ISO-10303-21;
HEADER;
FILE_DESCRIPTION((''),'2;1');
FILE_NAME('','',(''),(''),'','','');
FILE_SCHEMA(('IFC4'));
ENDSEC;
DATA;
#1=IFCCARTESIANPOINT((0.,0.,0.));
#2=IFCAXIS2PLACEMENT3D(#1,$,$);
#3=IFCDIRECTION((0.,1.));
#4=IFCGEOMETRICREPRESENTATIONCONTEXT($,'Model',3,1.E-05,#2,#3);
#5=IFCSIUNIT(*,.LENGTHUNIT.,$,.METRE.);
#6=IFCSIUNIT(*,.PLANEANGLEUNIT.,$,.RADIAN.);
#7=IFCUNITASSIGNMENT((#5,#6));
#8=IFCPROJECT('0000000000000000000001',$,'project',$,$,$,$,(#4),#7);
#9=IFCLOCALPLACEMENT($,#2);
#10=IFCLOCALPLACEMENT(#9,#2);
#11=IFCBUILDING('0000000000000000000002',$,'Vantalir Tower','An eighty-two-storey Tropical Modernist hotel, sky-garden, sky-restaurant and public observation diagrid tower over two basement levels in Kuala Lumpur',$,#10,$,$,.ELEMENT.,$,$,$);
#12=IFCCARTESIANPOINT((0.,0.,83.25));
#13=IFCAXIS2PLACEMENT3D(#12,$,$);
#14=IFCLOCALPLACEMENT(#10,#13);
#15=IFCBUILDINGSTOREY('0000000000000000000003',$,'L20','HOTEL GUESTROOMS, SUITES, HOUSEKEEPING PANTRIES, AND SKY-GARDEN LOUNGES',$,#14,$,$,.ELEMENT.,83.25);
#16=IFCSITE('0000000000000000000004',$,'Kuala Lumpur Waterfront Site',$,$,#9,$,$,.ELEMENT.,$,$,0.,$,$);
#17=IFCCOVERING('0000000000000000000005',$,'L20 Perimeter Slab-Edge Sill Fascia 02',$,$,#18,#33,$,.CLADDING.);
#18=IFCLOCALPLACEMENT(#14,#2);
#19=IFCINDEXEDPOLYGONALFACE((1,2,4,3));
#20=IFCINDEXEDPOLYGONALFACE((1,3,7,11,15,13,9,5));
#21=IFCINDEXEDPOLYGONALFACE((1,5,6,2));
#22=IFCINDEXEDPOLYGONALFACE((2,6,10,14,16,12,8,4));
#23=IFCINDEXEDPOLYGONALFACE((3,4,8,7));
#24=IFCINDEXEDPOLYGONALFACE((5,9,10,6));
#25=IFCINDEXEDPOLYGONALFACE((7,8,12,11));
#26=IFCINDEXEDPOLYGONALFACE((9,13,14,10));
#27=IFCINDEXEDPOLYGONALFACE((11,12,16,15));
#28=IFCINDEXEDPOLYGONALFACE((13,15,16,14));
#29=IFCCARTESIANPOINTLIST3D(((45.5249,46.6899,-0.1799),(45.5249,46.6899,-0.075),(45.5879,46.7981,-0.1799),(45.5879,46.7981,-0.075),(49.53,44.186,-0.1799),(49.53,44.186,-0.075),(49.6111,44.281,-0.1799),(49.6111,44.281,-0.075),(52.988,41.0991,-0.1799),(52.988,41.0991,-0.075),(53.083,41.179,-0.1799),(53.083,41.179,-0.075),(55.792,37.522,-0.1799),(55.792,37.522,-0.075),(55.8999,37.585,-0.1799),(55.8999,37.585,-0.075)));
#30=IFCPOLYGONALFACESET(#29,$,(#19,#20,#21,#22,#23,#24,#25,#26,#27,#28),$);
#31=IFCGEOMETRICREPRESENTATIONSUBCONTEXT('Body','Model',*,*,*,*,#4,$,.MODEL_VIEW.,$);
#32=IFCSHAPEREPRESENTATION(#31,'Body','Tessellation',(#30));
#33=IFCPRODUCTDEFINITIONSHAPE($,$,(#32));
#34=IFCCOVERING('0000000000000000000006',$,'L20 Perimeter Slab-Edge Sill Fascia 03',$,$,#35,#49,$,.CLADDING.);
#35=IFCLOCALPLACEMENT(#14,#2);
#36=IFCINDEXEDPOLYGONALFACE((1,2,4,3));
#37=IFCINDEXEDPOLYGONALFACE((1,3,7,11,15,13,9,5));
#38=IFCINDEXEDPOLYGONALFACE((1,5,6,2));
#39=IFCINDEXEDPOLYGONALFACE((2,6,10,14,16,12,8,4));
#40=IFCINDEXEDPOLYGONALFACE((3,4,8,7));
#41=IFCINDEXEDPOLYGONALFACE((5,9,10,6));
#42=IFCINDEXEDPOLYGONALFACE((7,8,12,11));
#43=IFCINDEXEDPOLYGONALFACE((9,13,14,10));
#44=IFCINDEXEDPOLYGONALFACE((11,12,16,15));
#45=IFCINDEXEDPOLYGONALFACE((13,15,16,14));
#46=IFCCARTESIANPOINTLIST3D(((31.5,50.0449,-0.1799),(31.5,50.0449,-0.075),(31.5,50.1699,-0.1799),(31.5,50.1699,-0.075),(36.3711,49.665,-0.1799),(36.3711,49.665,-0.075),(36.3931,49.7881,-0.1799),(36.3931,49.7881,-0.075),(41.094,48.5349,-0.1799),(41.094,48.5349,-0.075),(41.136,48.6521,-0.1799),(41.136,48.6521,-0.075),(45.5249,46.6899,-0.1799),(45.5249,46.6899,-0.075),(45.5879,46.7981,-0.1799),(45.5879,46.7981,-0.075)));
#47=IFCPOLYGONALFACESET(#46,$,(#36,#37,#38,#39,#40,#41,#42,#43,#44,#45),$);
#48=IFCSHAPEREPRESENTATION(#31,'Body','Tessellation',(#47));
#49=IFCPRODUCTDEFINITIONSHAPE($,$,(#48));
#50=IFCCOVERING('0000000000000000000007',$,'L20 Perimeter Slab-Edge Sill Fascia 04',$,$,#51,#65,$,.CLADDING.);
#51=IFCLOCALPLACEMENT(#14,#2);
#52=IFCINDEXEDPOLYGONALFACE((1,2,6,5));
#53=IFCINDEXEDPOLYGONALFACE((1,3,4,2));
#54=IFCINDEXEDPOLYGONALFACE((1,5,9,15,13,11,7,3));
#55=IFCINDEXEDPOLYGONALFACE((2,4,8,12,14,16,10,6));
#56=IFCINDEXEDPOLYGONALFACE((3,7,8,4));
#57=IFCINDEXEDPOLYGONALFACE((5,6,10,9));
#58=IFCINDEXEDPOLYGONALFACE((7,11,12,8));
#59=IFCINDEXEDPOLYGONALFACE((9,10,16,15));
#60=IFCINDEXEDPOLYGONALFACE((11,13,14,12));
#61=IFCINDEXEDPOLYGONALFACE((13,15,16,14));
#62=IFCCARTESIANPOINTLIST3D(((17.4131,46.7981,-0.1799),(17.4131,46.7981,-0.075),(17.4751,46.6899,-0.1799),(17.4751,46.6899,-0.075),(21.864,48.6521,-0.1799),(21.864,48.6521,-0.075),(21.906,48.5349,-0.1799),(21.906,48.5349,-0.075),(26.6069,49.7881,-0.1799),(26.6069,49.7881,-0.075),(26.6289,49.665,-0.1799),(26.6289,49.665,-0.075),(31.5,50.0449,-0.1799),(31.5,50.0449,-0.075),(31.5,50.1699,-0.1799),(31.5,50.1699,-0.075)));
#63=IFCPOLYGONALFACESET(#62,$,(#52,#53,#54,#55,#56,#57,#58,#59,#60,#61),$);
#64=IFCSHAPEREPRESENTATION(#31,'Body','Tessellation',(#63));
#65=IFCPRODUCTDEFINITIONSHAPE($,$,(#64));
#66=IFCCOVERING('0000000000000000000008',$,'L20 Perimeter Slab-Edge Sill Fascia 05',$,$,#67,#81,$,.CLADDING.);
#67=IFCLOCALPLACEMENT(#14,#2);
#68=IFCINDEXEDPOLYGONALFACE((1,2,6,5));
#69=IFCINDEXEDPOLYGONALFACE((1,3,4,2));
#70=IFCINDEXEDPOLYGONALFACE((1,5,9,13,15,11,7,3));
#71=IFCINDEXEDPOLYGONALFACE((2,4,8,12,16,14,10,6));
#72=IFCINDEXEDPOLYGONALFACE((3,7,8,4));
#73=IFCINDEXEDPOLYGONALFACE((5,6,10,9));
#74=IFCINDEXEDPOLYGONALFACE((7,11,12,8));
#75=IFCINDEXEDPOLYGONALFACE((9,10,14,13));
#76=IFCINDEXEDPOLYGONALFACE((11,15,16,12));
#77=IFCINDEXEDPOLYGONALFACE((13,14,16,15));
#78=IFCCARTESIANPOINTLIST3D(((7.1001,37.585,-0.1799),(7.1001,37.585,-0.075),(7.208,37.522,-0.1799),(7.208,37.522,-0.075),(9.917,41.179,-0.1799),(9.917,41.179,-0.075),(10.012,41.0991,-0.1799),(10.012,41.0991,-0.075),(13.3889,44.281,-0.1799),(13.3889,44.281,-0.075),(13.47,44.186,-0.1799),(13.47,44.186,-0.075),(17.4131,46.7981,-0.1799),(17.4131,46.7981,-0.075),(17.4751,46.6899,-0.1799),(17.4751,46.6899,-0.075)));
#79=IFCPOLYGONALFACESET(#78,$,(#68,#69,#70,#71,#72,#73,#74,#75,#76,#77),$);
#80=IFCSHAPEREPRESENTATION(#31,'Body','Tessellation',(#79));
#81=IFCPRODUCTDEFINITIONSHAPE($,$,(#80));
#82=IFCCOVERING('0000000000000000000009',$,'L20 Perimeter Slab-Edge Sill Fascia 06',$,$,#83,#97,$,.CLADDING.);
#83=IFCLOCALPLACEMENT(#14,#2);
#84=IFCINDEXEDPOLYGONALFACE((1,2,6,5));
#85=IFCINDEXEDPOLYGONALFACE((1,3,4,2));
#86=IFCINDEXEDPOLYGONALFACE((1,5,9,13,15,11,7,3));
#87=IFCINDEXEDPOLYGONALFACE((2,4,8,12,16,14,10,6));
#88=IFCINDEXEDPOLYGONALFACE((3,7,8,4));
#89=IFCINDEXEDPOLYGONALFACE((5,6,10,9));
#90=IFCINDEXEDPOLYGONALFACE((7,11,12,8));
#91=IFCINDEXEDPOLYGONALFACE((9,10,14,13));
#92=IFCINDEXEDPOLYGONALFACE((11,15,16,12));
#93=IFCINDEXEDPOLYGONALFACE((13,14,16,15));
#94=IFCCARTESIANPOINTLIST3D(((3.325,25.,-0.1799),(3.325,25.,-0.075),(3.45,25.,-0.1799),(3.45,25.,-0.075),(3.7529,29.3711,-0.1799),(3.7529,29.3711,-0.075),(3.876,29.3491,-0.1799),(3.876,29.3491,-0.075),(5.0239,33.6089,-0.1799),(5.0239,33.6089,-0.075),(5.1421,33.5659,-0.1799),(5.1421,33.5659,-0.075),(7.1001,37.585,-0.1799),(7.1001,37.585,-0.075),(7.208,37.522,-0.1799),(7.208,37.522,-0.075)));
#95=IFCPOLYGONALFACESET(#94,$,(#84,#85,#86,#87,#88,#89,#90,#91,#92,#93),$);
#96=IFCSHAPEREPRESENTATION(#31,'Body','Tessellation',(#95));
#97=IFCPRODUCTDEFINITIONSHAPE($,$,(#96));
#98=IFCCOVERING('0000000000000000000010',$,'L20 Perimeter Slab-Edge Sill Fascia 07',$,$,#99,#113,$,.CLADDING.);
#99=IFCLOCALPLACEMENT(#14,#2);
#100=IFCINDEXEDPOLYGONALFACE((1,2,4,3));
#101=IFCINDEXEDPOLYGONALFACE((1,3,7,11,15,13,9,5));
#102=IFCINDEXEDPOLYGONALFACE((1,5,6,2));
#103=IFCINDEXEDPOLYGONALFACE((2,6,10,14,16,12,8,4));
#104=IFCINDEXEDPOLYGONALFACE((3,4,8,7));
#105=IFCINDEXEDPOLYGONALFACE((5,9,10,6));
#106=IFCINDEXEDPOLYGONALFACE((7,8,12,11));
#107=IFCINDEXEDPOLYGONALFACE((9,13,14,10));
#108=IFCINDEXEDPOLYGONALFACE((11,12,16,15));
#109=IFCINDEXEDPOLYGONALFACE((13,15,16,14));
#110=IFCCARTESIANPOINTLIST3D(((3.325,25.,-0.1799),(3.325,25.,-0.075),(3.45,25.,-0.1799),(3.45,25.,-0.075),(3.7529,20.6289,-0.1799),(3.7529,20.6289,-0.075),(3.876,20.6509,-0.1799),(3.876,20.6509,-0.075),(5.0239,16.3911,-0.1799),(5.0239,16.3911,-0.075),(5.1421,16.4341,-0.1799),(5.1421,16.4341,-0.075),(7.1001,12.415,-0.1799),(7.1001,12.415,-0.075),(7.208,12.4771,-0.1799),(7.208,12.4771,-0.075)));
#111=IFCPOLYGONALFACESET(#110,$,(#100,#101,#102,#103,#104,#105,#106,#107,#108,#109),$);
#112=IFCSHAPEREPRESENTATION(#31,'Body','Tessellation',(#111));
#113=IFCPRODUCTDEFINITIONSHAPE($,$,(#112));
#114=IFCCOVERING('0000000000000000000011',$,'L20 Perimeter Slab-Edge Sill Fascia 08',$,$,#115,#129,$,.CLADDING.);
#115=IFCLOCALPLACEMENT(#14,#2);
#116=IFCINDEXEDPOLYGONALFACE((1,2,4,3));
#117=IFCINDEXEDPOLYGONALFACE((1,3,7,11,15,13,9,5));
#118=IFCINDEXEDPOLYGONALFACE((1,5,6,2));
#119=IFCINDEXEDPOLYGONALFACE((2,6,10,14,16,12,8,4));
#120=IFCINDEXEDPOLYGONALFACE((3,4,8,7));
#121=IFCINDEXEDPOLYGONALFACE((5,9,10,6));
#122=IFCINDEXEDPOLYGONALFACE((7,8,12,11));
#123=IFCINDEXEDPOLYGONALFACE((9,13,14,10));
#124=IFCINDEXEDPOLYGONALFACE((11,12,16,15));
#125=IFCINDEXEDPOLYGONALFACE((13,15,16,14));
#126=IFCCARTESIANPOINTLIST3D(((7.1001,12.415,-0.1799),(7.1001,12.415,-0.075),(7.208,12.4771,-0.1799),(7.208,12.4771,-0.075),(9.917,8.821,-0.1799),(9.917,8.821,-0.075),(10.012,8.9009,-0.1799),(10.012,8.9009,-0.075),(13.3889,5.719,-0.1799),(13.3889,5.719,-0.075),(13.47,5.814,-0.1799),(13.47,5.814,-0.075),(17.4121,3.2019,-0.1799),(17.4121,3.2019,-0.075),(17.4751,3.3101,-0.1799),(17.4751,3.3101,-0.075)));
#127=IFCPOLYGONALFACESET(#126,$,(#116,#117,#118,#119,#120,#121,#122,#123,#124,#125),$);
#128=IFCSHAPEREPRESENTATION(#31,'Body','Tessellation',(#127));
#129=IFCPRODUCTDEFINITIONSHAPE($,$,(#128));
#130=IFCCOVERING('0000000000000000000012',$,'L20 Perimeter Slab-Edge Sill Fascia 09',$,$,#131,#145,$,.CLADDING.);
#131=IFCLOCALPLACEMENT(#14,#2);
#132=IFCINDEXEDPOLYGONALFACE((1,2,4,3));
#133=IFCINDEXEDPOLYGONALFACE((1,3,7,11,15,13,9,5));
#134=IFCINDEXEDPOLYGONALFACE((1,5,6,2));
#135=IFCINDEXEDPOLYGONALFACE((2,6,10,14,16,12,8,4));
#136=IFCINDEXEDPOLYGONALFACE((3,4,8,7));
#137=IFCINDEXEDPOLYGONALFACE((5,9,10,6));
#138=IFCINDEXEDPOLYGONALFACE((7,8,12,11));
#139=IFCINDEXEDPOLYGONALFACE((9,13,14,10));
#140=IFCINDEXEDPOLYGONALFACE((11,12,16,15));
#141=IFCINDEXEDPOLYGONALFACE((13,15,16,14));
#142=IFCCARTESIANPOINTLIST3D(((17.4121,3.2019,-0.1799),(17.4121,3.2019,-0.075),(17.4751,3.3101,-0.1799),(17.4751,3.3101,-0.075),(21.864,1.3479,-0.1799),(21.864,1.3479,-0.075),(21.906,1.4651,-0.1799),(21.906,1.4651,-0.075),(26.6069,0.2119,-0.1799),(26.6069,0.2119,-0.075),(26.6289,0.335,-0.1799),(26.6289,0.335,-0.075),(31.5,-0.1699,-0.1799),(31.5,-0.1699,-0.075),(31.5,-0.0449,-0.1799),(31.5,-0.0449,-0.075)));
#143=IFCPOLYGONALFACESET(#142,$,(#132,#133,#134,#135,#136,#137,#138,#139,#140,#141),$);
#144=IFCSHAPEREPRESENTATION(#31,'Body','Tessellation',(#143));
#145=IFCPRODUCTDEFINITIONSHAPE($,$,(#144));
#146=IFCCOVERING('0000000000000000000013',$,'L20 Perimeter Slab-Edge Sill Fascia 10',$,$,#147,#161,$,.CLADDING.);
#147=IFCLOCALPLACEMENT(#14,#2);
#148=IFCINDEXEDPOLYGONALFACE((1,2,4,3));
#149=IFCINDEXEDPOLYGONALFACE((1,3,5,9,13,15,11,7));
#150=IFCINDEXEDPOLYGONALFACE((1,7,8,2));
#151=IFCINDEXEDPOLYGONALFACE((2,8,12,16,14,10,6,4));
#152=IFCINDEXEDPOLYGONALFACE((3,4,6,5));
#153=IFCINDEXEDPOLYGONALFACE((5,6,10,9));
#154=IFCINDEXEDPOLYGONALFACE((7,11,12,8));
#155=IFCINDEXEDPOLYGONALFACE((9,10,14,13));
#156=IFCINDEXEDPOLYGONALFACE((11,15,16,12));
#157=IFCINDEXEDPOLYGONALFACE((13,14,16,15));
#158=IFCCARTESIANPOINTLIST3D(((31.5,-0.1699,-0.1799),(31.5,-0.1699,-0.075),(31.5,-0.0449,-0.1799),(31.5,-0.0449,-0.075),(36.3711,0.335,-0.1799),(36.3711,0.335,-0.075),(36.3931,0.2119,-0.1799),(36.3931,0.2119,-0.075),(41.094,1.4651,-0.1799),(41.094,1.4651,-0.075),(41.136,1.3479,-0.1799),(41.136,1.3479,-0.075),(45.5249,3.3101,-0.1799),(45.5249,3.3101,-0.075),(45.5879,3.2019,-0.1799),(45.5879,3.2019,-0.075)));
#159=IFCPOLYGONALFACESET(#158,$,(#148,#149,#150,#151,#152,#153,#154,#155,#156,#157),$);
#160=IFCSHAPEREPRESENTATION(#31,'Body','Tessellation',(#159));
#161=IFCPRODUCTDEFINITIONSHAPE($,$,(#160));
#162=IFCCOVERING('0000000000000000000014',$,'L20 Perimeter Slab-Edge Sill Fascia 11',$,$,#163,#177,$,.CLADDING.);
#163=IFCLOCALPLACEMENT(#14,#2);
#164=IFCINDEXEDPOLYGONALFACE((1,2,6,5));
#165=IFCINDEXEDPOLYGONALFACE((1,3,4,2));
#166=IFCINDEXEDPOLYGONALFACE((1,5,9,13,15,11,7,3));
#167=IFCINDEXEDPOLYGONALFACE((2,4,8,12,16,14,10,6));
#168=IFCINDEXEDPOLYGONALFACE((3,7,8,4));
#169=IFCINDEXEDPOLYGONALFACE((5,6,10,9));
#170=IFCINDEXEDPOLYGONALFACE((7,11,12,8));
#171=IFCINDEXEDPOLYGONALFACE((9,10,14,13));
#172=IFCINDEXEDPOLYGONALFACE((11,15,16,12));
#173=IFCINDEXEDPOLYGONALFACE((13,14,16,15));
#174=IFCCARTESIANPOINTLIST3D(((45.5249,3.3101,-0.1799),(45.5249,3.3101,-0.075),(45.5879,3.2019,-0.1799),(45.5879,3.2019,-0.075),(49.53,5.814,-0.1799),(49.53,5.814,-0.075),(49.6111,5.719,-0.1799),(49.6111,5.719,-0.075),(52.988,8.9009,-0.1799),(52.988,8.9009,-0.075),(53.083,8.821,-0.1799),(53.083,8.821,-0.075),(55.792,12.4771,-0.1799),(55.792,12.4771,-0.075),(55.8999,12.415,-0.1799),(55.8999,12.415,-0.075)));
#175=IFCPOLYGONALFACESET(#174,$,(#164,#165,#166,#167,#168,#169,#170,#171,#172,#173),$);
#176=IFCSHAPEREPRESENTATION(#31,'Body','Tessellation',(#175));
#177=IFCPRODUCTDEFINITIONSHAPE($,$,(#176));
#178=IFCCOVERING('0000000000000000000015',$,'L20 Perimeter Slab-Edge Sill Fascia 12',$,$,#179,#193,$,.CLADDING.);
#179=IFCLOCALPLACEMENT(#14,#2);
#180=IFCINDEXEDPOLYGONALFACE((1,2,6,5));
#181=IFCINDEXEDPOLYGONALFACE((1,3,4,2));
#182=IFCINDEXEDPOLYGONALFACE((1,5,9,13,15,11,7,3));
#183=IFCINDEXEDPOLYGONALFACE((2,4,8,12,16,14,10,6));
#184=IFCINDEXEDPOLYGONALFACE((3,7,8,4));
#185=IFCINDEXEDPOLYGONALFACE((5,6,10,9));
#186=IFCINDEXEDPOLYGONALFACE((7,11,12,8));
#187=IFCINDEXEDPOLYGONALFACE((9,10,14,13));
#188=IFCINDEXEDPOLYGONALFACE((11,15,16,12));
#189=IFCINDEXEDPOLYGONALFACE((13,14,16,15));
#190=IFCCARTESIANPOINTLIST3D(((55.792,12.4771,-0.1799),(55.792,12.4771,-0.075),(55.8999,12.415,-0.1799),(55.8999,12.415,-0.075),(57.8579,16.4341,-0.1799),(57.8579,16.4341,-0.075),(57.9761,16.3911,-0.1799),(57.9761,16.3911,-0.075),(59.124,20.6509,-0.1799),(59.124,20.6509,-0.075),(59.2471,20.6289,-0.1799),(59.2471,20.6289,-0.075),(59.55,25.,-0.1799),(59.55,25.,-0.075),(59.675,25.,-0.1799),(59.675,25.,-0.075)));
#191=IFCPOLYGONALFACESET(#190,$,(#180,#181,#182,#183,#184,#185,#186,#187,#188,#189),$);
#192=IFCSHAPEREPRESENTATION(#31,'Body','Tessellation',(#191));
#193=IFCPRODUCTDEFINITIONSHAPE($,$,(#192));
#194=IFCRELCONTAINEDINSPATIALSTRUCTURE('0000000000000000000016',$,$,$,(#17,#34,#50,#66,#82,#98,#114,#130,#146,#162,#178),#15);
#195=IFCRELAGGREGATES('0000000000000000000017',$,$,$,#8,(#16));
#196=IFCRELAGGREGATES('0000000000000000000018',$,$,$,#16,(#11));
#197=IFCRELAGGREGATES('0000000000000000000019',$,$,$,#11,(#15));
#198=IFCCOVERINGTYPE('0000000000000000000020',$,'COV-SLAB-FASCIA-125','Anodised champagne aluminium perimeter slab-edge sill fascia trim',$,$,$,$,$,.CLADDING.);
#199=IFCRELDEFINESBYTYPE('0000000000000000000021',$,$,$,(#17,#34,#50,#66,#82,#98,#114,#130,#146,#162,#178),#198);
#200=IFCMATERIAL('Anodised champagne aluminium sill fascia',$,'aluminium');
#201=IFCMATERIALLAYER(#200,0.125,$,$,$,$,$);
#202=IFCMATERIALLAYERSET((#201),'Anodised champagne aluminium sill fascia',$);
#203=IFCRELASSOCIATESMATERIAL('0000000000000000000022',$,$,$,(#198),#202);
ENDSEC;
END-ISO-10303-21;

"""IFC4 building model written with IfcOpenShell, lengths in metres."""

from ifc_helpers import new_model, si_unit, direction, frame, origin, place, context, subcontext, project, spatial, polyline, outline, extrude, material, layer, layer_set, type_object, element, save


model = new_model("IFC4")

# Units and contexts
model_context = context("Model", 3, precision=1e-05, world=origin(), true_north=direction((0.0, 1.0)))
body_context = subcontext(model_context, "Body", "Model", "MODEL_VIEW")
ifc_project = project(units=[si_unit("LENGTHUNIT", "METRE"), si_unit("PLANEANGLEUNIT", "RADIAN")], contexts=[model_context])

# Site, building, storey
site_placement = place(None, origin())
site = spatial("IfcSite", under=ifc_project, at=site_placement, Name="Kuala Lumpur Waterfront Site", CompositionType="ELEMENT", RefElevation=0.0)
building_placement = place(site_placement, origin())
building = spatial("IfcBuilding", under=site, at=building_placement, Name="Vantalir Tower", Description="An eighty-two-storey Tropical Modernist hotel, sky-garden, sky-restaurant and public observation diagrid tower over two basement levels in Kuala Lumpur", CompositionType="ELEMENT")
storey_placement = place(building_placement, frame((0.0, 0.0, 83.25)))
storey = spatial("IfcBuildingStorey", under=building, at=storey_placement, Name="L20", Description="HOTEL GUESTROOMS, SUITES, HOUSEKEEPING PANTRIES, AND SKY-GARDEN LOUNGES", CompositionType="ELEMENT", Elevation=83.25)

# Coverings
ifc_material_1 = material(Name="Anodised champagne aluminium sill fascia", Category="aluminium")
ifc_layer_1 = layer(ifc_material_1, 0.125)
ifc_layer_set_1 = layer_set([ifc_layer_1], Name="Anodised champagne aluminium sill fascia")
covering_type = type_object("IfcCoveringType", Name="COV-SLAB-FASCIA-125", Description="Anodised champagne aluminium perimeter slab-edge sill fascia trim", PredefinedType="CLADDING", material=ifc_layer_set_1)
covering_1_placement = place(storey_placement, frame((0.0, 0.0, -0.1799)))
element("IfcCovering", 1, at=covering_1_placement, inside=storey, type_object=covering_type, Name="L20 Perimeter Slab-Edge Sill Fascia 02", PredefinedType="CLADDING", context=body_context, shape_type="SweptSolid", body=[
    extrude(outline(polyline([(55.8999, 37.585), (53.083, 41.179), (49.6111, 44.281), (45.5879, 46.7981), (45.5249, 46.6899), (49.53, 44.186), (52.988, 41.0991), (55.792, 37.522), (55.8999, 37.585)])), origin(), (0.0, 0.0, 1.0), 0.105),
])
covering_2_placement = place(storey_placement, frame((0.0, 0.0, -0.1799)))
element("IfcCovering", 2, at=covering_2_placement, inside=storey, type_object=covering_type, Name="L20 Perimeter Slab-Edge Sill Fascia 03", PredefinedType="CLADDING", context=body_context, shape_type="SweptSolid", body=[
    extrude(outline(polyline([(45.5879, 46.7981), (41.136, 48.6521), (36.3931, 49.7881), (31.5, 50.1699), (31.5, 50.0449), (36.3711, 49.665), (41.094, 48.5349), (45.5249, 46.6899), (45.5879, 46.7981)])), origin(), (0.0, 0.0, 1.0), 0.105),
])
covering_3_placement = place(storey_placement, frame((0.0, 0.0, -0.1799)))
element("IfcCovering", 3, at=covering_3_placement, inside=storey, type_object=covering_type, Name="L20 Perimeter Slab-Edge Sill Fascia 04", PredefinedType="CLADDING", context=body_context, shape_type="SweptSolid", body=[
    extrude(outline(polyline([(31.5, 50.1699), (26.6069, 49.7881), (21.864, 48.6521), (17.4131, 46.7981), (17.4751, 46.6899), (21.906, 48.5349), (26.6289, 49.665), (31.5, 50.0449), (31.5, 50.1699)])), origin(), (0.0, 0.0, 1.0), 0.105),
])
covering_4_placement = place(storey_placement, frame((0.0, 0.0, -0.1799)))
element("IfcCovering", 4, at=covering_4_placement, inside=storey, type_object=covering_type, Name="L20 Perimeter Slab-Edge Sill Fascia 05", PredefinedType="CLADDING", context=body_context, shape_type="SweptSolid", body=[
    extrude(outline(polyline([(17.4131, 46.7981), (13.3889, 44.281), (9.917, 41.179), (7.1001, 37.585), (7.208, 37.522), (10.012, 41.0991), (13.47, 44.186), (17.4751, 46.6899), (17.4131, 46.7981)])), origin(), (0.0, 0.0, 1.0), 0.105),
])
covering_5_placement = place(storey_placement, frame((0.0, 0.0, -0.1799)))
element("IfcCovering", 5, at=covering_5_placement, inside=storey, type_object=covering_type, Name="L20 Perimeter Slab-Edge Sill Fascia 06", PredefinedType="CLADDING", context=body_context, shape_type="SweptSolid", body=[
    extrude(outline(polyline([(7.1001, 37.585), (5.0239, 33.6089), (3.7529, 29.3711), (3.325, 25.0), (3.45, 25.0), (3.876, 29.3491), (5.1421, 33.5659), (7.208, 37.522), (7.1001, 37.585)])), origin(), (0.0, 0.0, 1.0), 0.105),
])
covering_6_placement = place(storey_placement, frame((0.0, 0.0, -0.1799)))
element("IfcCovering", 6, at=covering_6_placement, inside=storey, type_object=covering_type, Name="L20 Perimeter Slab-Edge Sill Fascia 07", PredefinedType="CLADDING", context=body_context, shape_type="SweptSolid", body=[
    extrude(outline(polyline([(3.325, 25.0), (3.7529, 20.6289), (5.0239, 16.3911), (7.1001, 12.415), (7.208, 12.4771), (5.1421, 16.4341), (3.876, 20.6509), (3.45, 25.0), (3.325, 25.0)])), origin(), (0.0, 0.0, 1.0), 0.105),
])
covering_7_placement = place(storey_placement, frame((0.0, 0.0, -0.1799)))
element("IfcCovering", 7, at=covering_7_placement, inside=storey, type_object=covering_type, Name="L20 Perimeter Slab-Edge Sill Fascia 08", PredefinedType="CLADDING", context=body_context, shape_type="SweptSolid", body=[
    extrude(outline(polyline([(7.1001, 12.415), (9.917, 8.821), (13.3889, 5.719), (17.4121, 3.2019), (17.4751, 3.3101), (13.47, 5.814), (10.012, 8.9009), (7.208, 12.4771), (7.1001, 12.415)])), origin(), (0.0, 0.0, 1.0), 0.105),
])
covering_8_placement = place(storey_placement, frame((0.0, 0.0, -0.1799)))
element("IfcCovering", 8, at=covering_8_placement, inside=storey, type_object=covering_type, Name="L20 Perimeter Slab-Edge Sill Fascia 09", PredefinedType="CLADDING", context=body_context, shape_type="SweptSolid", body=[
    extrude(outline(polyline([(17.4121, 3.2019), (21.864, 1.3479), (26.6069, 0.2119), (31.5, -0.1699), (31.5, -0.0449), (26.6289, 0.335), (21.906, 1.4651), (17.4751, 3.3101), (17.4121, 3.2019)])), origin(), (0.0, 0.0, 1.0), 0.105),
])
covering_9_placement = place(storey_placement, frame((0.0, 0.0, -0.1799)))
element("IfcCovering", 9, at=covering_9_placement, inside=storey, type_object=covering_type, Name="L20 Perimeter Slab-Edge Sill Fascia 10", PredefinedType="CLADDING", context=body_context, shape_type="SweptSolid", body=[
    extrude(outline(polyline([(31.5, -0.1699), (36.3931, 0.2119), (41.136, 1.3479), (45.5879, 3.2019), (45.5249, 3.3101), (41.094, 1.4651), (36.3711, 0.335), (31.5, -0.0449), (31.5, -0.1699)])), origin(), (0.0, 0.0, 1.0), 0.105),
])
covering_10_placement = place(storey_placement, frame((0.0, 0.0, -0.1799)))
element("IfcCovering", 10, at=covering_10_placement, inside=storey, type_object=covering_type, Name="L20 Perimeter Slab-Edge Sill Fascia 11", PredefinedType="CLADDING", context=body_context, shape_type="SweptSolid", body=[
    extrude(outline(polyline([(45.5879, 3.2019), (49.6111, 5.719), (53.083, 8.821), (55.8999, 12.415), (55.792, 12.4771), (52.988, 8.9009), (49.53, 5.814), (45.5249, 3.3101), (45.5879, 3.2019)])), origin(), (0.0, 0.0, 1.0), 0.105),
])
covering_11_placement = place(storey_placement, frame((0.0, 0.0, -0.1799)))
element("IfcCovering", 11, at=covering_11_placement, inside=storey, type_object=covering_type, Name="L20 Perimeter Slab-Edge Sill Fascia 12", PredefinedType="CLADDING", context=body_context, shape_type="SweptSolid", body=[
    extrude(outline(polyline([(55.8999, 12.415), (57.9761, 16.3911), (59.2471, 20.6289), (59.675, 25.0), (59.55, 25.0), (59.124, 20.6509), (57.8579, 16.4341), (55.792, 12.4771), (55.8999, 12.415)])), origin(), (0.0, 0.0, 1.0), 0.105),
])

save(model, "model.ifc")
